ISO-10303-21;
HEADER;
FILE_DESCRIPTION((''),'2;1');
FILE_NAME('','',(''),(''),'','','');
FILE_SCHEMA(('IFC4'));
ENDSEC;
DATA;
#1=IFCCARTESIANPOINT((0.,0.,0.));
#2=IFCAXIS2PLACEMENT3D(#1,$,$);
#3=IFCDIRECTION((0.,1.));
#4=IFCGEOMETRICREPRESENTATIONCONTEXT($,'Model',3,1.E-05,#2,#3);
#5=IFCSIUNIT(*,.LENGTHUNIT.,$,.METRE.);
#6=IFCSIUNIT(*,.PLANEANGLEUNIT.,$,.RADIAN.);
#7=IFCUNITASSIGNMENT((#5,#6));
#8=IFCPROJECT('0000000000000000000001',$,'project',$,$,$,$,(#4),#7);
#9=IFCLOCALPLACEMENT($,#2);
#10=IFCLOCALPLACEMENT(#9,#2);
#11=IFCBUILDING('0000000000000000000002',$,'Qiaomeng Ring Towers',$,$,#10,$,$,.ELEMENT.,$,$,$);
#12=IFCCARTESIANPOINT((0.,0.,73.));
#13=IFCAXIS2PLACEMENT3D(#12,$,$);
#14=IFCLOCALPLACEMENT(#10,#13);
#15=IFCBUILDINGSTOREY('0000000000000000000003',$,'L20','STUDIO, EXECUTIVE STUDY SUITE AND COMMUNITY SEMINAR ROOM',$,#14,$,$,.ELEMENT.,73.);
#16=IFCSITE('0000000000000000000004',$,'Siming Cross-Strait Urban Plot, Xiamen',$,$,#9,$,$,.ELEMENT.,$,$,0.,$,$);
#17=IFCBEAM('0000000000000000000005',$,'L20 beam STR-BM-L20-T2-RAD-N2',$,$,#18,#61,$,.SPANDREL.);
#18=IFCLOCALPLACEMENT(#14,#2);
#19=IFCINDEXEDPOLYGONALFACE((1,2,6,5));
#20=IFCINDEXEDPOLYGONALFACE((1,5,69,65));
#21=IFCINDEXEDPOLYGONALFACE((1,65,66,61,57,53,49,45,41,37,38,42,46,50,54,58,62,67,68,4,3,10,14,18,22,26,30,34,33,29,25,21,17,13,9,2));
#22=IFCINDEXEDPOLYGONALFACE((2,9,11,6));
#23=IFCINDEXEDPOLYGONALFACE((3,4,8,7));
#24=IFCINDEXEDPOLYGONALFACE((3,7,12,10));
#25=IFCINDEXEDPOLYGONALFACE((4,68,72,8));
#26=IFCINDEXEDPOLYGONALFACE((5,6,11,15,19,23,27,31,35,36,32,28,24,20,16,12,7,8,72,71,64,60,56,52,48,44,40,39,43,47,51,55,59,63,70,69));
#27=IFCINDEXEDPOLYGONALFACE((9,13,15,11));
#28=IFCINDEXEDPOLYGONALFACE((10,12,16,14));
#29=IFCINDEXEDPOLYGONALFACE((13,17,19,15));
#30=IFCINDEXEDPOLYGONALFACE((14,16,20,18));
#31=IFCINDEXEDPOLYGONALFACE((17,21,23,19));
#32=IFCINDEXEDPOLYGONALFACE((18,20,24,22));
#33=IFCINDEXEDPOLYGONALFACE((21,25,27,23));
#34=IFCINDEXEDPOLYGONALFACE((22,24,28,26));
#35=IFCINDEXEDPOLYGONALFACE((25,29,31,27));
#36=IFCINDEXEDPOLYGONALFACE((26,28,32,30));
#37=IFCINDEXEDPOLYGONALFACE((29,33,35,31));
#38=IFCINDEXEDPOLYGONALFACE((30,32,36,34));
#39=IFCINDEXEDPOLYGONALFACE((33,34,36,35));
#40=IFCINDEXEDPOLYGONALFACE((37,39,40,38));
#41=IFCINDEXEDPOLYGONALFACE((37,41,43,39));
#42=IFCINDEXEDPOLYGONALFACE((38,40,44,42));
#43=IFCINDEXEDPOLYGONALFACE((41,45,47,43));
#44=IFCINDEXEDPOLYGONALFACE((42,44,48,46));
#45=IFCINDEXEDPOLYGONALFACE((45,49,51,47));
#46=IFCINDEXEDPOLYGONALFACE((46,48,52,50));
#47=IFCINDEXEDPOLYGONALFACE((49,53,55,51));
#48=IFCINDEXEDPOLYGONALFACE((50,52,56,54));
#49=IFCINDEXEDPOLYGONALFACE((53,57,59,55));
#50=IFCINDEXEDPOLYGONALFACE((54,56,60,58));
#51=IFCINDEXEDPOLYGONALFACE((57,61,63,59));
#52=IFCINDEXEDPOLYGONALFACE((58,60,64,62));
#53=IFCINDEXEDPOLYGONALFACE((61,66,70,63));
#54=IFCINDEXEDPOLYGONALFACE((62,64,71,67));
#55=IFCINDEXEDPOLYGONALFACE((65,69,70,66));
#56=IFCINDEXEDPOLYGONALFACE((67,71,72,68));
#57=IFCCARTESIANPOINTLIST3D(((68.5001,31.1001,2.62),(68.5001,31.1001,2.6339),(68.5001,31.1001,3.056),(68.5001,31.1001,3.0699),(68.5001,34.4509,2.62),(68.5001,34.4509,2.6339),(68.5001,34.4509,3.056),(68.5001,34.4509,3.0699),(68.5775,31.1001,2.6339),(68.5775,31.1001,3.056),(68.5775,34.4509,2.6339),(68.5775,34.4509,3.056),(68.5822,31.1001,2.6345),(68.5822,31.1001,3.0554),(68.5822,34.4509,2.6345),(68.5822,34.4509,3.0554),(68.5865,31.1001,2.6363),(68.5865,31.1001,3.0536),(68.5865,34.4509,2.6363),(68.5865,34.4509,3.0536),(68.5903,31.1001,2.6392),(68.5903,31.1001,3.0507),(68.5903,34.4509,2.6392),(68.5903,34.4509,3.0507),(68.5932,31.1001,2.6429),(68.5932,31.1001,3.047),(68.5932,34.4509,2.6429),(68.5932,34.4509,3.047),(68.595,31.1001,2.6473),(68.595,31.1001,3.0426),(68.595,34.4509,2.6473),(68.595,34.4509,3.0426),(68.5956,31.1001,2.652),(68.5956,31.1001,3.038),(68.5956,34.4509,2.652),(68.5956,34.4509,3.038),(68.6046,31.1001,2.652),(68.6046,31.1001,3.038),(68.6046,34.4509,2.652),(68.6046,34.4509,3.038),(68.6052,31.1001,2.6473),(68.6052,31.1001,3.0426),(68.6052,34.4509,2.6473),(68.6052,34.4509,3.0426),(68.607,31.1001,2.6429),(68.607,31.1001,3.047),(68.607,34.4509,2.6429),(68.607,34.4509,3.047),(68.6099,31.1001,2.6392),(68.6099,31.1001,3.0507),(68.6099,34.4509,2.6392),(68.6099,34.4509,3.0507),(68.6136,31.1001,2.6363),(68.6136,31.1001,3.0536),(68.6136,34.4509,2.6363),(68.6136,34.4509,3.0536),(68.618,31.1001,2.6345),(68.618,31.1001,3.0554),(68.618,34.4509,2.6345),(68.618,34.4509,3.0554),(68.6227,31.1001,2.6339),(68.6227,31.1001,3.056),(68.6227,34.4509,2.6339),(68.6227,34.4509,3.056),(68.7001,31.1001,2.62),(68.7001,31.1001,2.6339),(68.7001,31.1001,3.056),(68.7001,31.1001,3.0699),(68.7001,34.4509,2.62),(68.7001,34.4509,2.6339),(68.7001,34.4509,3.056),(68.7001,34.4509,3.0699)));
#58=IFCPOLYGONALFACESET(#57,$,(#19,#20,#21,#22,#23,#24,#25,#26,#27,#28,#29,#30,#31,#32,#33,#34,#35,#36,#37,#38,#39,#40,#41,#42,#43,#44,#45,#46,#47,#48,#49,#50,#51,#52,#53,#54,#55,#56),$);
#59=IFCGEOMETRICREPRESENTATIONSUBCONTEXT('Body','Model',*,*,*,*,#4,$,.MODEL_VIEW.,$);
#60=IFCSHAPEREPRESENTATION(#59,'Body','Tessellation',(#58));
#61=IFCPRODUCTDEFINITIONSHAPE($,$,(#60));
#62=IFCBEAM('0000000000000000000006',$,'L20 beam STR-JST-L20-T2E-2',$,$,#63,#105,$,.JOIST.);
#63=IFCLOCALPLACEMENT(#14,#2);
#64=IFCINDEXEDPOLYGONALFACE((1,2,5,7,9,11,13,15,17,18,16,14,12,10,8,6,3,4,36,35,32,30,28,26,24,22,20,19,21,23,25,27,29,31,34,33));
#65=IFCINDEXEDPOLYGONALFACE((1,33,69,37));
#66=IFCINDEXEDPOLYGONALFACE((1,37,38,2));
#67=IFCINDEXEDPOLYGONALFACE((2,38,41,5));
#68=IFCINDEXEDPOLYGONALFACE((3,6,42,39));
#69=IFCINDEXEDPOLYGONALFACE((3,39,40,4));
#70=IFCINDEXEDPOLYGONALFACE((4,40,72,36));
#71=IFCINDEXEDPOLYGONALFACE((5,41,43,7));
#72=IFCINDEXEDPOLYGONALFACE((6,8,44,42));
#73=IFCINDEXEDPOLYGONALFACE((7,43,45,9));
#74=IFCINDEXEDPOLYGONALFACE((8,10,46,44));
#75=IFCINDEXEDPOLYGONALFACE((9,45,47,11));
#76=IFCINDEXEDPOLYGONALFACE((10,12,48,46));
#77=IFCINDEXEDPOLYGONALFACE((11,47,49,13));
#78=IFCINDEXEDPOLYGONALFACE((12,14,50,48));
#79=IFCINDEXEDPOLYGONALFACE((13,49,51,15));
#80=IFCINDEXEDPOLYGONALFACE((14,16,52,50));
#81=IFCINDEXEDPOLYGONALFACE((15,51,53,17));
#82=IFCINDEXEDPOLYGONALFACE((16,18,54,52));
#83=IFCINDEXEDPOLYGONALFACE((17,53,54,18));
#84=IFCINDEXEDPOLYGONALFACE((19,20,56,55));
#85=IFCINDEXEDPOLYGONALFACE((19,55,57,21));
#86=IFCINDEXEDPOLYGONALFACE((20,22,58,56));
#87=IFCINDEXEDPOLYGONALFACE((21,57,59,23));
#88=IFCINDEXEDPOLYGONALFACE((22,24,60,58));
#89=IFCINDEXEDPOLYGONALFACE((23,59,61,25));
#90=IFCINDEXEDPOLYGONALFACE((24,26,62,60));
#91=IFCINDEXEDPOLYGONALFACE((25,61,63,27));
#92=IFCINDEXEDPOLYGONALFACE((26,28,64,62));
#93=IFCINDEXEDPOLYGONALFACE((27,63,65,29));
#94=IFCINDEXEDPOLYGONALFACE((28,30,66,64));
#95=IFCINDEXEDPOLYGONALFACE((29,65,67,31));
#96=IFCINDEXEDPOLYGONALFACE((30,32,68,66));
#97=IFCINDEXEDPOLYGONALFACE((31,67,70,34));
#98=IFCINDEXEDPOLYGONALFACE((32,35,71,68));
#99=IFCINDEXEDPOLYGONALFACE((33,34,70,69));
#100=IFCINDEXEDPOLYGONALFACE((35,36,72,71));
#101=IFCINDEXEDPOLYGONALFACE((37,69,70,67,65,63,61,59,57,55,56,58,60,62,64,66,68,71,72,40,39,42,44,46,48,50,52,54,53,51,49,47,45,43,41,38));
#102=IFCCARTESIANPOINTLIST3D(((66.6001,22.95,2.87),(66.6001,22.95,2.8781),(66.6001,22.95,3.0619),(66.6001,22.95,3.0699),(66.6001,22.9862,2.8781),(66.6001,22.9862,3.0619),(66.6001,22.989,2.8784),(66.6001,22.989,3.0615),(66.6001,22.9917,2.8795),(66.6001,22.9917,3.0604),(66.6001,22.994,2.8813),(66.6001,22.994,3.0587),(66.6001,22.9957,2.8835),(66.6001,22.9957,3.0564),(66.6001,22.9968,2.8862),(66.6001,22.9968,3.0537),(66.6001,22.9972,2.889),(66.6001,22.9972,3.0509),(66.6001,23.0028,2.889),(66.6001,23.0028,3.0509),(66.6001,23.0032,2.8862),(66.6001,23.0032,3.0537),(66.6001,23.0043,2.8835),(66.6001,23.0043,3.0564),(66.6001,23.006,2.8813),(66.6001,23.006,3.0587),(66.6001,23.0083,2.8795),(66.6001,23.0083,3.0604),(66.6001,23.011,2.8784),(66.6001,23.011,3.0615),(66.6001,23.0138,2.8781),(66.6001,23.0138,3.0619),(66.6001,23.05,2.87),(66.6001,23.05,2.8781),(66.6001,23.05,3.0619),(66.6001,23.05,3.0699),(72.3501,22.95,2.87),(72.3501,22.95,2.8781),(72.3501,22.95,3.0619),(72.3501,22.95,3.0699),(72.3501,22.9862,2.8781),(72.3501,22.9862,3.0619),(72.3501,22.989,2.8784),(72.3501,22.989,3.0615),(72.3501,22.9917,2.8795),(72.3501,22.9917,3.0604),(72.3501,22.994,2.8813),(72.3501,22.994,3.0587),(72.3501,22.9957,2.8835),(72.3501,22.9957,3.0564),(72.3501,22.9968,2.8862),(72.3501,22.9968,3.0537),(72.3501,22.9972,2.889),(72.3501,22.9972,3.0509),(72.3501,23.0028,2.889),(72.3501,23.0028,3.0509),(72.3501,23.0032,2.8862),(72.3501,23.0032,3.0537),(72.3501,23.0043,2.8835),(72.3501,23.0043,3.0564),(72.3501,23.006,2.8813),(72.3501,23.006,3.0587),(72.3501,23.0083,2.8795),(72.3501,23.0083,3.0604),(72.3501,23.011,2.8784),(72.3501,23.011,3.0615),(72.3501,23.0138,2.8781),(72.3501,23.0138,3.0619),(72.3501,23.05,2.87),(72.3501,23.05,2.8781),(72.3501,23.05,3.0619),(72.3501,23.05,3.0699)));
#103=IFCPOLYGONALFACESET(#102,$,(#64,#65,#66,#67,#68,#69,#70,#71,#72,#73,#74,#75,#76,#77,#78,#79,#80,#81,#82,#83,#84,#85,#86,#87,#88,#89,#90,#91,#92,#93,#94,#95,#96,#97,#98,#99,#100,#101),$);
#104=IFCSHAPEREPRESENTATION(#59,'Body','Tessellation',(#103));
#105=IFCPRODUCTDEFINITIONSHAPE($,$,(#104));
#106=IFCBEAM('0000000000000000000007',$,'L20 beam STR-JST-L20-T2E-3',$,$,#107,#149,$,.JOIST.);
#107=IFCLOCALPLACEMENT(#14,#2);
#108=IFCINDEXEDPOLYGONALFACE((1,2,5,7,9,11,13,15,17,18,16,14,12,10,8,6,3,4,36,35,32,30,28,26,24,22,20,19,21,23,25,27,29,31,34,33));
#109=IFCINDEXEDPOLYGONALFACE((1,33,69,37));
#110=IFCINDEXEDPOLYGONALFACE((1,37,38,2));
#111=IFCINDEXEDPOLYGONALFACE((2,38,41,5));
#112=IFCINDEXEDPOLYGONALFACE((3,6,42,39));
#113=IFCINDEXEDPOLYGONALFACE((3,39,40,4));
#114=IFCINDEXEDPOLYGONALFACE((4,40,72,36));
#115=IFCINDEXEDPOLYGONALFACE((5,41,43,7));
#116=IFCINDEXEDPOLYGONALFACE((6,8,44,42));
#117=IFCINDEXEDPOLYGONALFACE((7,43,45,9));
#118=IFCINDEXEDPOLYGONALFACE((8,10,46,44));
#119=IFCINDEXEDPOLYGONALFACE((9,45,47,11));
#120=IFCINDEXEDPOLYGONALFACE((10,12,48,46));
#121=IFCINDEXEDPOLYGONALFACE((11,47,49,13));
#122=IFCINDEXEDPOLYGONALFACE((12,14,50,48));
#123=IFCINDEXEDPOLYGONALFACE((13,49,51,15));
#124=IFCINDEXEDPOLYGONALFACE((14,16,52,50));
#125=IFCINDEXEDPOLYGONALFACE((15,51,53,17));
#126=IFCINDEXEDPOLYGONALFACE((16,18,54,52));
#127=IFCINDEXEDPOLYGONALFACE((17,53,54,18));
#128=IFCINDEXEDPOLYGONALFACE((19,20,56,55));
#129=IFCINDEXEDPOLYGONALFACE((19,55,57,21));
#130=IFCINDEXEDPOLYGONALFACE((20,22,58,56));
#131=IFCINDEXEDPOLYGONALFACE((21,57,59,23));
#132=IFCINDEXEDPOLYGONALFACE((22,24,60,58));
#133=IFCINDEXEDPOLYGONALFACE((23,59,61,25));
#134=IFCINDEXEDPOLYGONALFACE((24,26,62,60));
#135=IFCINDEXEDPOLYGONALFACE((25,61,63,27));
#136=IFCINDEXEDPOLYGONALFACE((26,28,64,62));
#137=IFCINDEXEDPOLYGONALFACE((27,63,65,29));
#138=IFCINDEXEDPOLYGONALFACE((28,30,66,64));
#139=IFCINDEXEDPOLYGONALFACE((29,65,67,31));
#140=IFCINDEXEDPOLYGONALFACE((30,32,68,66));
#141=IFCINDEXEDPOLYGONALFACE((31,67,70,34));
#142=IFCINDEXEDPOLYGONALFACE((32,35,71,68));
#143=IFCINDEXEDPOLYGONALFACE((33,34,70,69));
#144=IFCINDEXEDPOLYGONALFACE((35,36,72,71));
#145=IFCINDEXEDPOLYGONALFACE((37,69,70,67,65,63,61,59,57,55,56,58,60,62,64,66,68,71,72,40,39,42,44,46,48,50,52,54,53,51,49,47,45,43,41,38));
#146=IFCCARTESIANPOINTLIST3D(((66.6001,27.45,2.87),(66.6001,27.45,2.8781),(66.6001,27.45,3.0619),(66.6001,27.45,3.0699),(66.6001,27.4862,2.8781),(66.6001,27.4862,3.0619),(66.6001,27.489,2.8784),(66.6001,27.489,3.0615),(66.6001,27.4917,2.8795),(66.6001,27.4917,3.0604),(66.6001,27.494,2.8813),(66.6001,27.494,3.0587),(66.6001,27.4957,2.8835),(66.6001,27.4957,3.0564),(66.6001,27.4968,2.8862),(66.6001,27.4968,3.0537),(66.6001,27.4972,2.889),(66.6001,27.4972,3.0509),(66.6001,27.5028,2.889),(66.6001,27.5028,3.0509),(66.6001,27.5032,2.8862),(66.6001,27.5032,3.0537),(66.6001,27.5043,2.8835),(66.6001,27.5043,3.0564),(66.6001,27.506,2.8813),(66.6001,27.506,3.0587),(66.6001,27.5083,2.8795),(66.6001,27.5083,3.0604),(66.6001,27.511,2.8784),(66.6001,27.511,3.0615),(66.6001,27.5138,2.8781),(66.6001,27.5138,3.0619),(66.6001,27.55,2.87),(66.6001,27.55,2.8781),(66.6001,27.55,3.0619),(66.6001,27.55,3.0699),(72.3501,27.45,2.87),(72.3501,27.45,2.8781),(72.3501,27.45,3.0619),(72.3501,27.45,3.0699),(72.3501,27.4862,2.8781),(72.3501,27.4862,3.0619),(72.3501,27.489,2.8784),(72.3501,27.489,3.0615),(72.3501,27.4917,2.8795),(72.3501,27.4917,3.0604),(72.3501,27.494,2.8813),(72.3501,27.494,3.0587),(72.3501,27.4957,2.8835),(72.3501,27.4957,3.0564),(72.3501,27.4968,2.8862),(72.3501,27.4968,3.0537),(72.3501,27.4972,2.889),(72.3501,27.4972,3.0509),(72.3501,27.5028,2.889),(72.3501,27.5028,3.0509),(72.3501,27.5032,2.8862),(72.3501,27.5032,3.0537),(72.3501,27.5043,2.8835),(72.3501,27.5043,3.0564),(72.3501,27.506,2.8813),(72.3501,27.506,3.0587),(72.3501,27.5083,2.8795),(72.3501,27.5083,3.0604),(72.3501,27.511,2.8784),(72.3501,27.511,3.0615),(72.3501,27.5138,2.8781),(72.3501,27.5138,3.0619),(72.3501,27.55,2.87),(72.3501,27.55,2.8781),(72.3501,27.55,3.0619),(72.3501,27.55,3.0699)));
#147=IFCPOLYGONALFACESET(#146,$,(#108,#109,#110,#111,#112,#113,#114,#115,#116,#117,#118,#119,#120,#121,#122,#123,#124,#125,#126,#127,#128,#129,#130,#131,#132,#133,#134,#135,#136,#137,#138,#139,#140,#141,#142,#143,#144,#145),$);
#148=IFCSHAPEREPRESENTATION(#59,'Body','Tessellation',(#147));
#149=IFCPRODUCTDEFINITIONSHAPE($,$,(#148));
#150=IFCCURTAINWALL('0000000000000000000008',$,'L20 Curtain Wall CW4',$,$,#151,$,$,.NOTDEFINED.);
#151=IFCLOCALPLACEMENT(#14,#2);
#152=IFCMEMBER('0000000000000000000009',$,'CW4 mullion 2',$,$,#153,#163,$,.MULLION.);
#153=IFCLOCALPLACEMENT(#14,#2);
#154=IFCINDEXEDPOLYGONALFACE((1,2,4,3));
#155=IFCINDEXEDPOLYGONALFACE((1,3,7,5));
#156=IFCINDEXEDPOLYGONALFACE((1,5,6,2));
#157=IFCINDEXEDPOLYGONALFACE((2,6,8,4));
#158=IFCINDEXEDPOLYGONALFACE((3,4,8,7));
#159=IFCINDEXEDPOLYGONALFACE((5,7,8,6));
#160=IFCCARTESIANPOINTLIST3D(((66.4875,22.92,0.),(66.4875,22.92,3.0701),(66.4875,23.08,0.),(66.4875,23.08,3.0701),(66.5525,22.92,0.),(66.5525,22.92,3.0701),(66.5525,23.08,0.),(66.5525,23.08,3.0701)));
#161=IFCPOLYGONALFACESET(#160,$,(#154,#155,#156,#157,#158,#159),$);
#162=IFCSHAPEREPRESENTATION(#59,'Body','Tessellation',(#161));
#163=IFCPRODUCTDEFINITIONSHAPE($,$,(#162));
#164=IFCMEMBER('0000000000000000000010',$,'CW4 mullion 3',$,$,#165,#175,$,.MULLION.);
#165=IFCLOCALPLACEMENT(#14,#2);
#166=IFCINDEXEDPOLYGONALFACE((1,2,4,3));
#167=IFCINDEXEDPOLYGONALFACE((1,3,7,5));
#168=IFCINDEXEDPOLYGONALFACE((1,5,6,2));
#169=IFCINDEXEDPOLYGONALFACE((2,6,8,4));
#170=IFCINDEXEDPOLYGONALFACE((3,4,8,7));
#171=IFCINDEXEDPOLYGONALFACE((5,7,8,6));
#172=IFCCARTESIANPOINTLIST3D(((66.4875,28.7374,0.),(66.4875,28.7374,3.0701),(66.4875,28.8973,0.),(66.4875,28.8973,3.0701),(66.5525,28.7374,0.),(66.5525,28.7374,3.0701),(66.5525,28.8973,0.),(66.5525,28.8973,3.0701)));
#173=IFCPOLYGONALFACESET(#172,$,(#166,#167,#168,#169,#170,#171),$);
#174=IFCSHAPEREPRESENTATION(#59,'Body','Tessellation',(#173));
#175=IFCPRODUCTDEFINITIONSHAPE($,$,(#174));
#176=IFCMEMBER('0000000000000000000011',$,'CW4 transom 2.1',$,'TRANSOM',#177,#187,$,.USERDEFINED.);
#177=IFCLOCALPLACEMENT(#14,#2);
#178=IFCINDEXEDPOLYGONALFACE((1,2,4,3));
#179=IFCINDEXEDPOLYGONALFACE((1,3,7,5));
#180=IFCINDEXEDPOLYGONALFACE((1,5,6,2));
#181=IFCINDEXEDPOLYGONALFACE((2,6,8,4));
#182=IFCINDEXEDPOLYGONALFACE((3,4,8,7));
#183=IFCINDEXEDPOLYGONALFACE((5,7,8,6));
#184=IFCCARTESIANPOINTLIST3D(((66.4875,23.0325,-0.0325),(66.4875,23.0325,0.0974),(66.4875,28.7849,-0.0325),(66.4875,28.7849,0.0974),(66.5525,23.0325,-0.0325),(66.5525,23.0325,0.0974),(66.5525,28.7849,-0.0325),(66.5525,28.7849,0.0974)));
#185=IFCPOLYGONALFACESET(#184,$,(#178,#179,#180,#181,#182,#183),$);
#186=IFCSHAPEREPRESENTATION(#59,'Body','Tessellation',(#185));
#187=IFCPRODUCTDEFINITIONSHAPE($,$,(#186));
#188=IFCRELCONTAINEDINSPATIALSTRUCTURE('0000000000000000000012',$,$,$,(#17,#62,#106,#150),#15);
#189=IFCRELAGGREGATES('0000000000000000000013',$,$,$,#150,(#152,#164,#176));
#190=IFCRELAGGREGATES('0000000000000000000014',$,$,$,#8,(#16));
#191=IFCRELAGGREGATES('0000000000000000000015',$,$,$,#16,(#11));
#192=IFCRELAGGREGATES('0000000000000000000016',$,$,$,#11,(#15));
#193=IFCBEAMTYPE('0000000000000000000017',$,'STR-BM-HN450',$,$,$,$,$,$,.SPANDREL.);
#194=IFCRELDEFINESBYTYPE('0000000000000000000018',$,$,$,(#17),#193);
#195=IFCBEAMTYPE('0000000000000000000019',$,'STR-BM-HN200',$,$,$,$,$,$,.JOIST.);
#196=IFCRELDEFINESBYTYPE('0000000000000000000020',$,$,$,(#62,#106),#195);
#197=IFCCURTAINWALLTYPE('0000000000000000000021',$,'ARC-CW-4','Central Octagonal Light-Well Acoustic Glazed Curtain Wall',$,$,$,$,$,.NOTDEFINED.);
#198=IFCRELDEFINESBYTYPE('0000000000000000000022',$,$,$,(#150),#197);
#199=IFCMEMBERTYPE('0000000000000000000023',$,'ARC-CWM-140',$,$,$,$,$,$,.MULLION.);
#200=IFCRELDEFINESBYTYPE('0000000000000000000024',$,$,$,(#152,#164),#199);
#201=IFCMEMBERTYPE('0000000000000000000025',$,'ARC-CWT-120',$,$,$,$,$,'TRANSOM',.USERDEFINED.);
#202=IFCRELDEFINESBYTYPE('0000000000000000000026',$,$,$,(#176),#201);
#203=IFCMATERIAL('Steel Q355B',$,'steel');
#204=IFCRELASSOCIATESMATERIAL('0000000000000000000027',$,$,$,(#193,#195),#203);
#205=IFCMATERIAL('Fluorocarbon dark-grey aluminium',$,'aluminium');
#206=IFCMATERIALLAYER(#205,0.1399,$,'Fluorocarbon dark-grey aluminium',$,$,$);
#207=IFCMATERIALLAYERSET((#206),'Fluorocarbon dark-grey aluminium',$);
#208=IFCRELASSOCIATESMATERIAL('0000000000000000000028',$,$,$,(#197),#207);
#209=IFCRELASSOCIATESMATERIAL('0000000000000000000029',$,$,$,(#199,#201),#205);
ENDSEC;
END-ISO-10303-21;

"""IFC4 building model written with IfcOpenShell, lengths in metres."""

from ifc_helpers import new_model, si_unit, direction, frame, origin, origin_2d, place, context, subcontext, project, spatial, rectangle, i_section, extrude, source, transform, mapped, material, layer, layer_set, material_profile, profile_set, type_object, element, aggregate, save


model = new_model("IFC4")

# Units and contexts
model_context = context("Model", 3, precision=1e-05, world=origin(), true_north=direction((0.0, 1.0)))
body_context = subcontext(model_context, "Body", "Model", "MODEL_VIEW")
ifc_project = project(units=[si_unit("LENGTHUNIT", "METRE"), si_unit("PLANEANGLEUNIT", "RADIAN")], contexts=[model_context])

# Site, building, storey
site_placement = place(None, origin())
site = spatial("IfcSite", under=ifc_project, at=site_placement, Name="Siming Cross-Strait Urban Plot, Xiamen", CompositionType="ELEMENT", RefElevation=0.0)
building_placement = place(site_placement, origin())
building = spatial("IfcBuilding", under=site, at=building_placement, Name="Qiaomeng Ring Towers", CompositionType="ELEMENT")
storey_placement = place(building_placement, frame((0.0, 0.0, 73.0)))
storey = spatial("IfcBuildingStorey", under=building, at=storey_placement, Name="L20", Description="STUDIO, EXECUTIVE STUDY SUITE AND COMMUNITY SEMINAR ROOM", CompositionType="ELEMENT", Elevation=73.0)

# Beams
ifc_material_1 = material(Name="Steel Q355B", Category="steel")
ifc_material_profile_1 = material_profile(ifc_material_1, i_section(OverallWidth=0.2, OverallDepth=0.45, WebThickness=0.009, FlangeThickness=0.0139, FilletRadius=0.0181, at=origin_2d()), Name="HN 450x200x9x14")
ifc_profile_set_1 = profile_set([ifc_material_profile_1], Name="Steel Q355B")
beam_type_1 = type_object("IfcBeamType", Name="STR-BM-HN450", PredefinedType="SPANDREL", material=ifc_profile_set_1)
shared_shape_1 = source(origin(), body_context, "Body", "SweptSolid", [
    extrude(i_section(OverallWidth=0.2, OverallDepth=0.45, WebThickness=0.009, FlangeThickness=0.0139, FilletRadius=0.0181, at=origin_2d()), origin(), (0.0, 0.0, 1.0), 3.3508),
])
beam_1_placement = place(storey_placement, frame((68.6001, 34.4509, 2.845), z_axis=(0.0, -1.0, 0.0), x_axis=(1.0, 0.0, 0.0)))
element("IfcBeam", 1, at=beam_1_placement, inside=storey, type_object=beam_type_1, Name="L20 beam STR-BM-L20-T2-RAD-N2", PredefinedType="SPANDREL", context=body_context, shape_type="MappedRepresentation", body=[
    mapped(shared_shape_1, transform((0.0, 0.0, 0.0), x_axis=(1.0, 0.0, 0.0), y_axis=(0.0, 1.0, 0.0), z_axis=(0.0, 0.0, 1.0), scale=1.0)),
])
ifc_material_profile_2 = material_profile(ifc_material_1, i_section(OverallWidth=0.1001, OverallDepth=0.2, WebThickness=0.0056, FlangeThickness=0.0081, FilletRadius=0.011, at=origin_2d()), Name="HN 200x100x5.5x8")
ifc_profile_set_2 = profile_set([ifc_material_profile_2], Name="Steel Q355B")
beam_type_2 = type_object("IfcBeamType", Name="STR-BM-HN200", PredefinedType="JOIST", material=ifc_profile_set_2)
shared_shape_2 = source(origin(), body_context, "Body", "SweptSolid", [
    extrude(i_section(OverallWidth=0.1001, OverallDepth=0.2, WebThickness=0.0056, FlangeThickness=0.0081, FilletRadius=0.011, at=origin_2d()), origin(), (0.0, 0.0, 1.0), 5.75),
])
for number, where, z_axis, x_axis, name in (
    (2, (66.6001, 23.0, 2.97), (1.0, 0.0, 0.0), (0.0, 1.0, 0.0), "L20 beam STR-JST-L20-T2E-2"),
    (3, (66.6001, 27.5, 2.97), (1.0, 0.0, 0.0), (0.0, 1.0, 0.0), "L20 beam STR-JST-L20-T2E-3"),
):
    element("IfcBeam", number, at=place(storey_placement, frame(where, z_axis=z_axis, x_axis=x_axis)), inside=storey, type_object=beam_type_2, Name=name, PredefinedType="JOIST", context=body_context, shape_type="MappedRepresentation", body=[
        mapped(shared_shape_2, transform((0.0, 0.0, 0.0), x_axis=(1.0, 0.0, 0.0), y_axis=(0.0, 1.0, 0.0), z_axis=(0.0, 0.0, 1.0), scale=1.0)),
    ])

# Curtain wall, members
ifc_material_2 = material(Name="Fluorocarbon dark-grey aluminium", Category="aluminium")
ifc_layer_1 = layer(ifc_material_2, 0.1399, Name="Fluorocarbon dark-grey aluminium")
ifc_layer_set_1 = layer_set([ifc_layer_1], Name="Fluorocarbon dark-grey aluminium")
curtain_wall_type_1 = type_object("IfcCurtainWallType", Name="ARC-CW-4", Description="Central Octagonal Light-Well Acoustic Glazed Curtain Wall", PredefinedType="NOTDEFINED", material=ifc_layer_set_1)
curtain_wall_1_placement = place(storey_placement, origin())
curtain_wall_1 = element("IfcCurtainWall", 4, at=curtain_wall_1_placement, inside=storey, type_object=curtain_wall_type_1, Name="L20 Curtain Wall CW4", PredefinedType="NOTDEFINED")
ifc_material_profile_3 = material_profile(ifc_material_2, rectangle(XDim=0.0649, YDim=0.1599, at=origin_2d()), Name="ALU MULL 65x160")
ifc_profile_set_3 = profile_set([ifc_material_profile_3], Name="Fluorocarbon dark-grey aluminium")
member_type_1 = type_object("IfcMemberType", Name="ARC-CWM-140", PredefinedType="MULLION", material=ifc_profile_set_3)
shared_shape_3 = source(origin(), body_context, "Body", "SweptSolid", [
    extrude(rectangle(XDim=0.0649, YDim=0.1599, at=origin_2d()), origin(), (0.0, 0.0, 1.0), 3.0701),
])
member_1_placement = place(storey_placement, frame((66.52, 23.0, 0.0), z_axis=(0.0, 0.0, 1.0), x_axis=(-1.0, 0.0, 0.0)))
member_1 = element("IfcMember", 5, at=member_1_placement, type_object=member_type_1, Name="CW4 mullion 2", PredefinedType="MULLION", context=body_context, shape_type="MappedRepresentation", body=[
    mapped(shared_shape_3, transform((0.0, 0.0, 0.0), x_axis=(1.0, 0.0, 0.0), y_axis=(0.0, 1.0, 0.0), z_axis=(0.0, 0.0, 1.0), scale=1.0)),
])
member_2_placement = place(storey_placement, frame((66.52, 28.8174, 0.0), z_axis=(0.0, 0.0, 1.0), x_axis=(-1.0, 0.0, 0.0)))
member_2 = element("IfcMember", 6, at=member_2_placement, type_object=member_type_1, Name="CW4 mullion 3", PredefinedType="MULLION", context=body_context, shape_type="MappedRepresentation", body=[
    mapped(shared_shape_3, transform((0.0, 0.0, 0.0), x_axis=(1.0, 0.0, 0.0), y_axis=(0.0, 1.0, 0.0), z_axis=(0.0, 0.0, 1.0), scale=1.0)),
])
ifc_material_profile_4 = material_profile(ifc_material_2, rectangle(XDim=0.0649, YDim=0.1299, at=origin_2d()), Name="ALU TRAN 65x130")
ifc_profile_set_4 = profile_set([ifc_material_profile_4], Name="Fluorocarbon dark-grey aluminium")
member_type_2 = type_object("IfcMemberType", Name="ARC-CWT-120", ElementType="TRANSOM", PredefinedType="USERDEFINED", material=ifc_profile_set_4)
shared_shape_4 = source(origin(), body_context, "Body", "SweptSolid", [
    extrude(rectangle(XDim=0.0649, YDim=0.1299, at=origin_2d()), origin(), (0.0, 0.0, 1.0), 5.7524),
])
member_3_placement = place(storey_placement, frame((66.52, 23.0325, 0.0325), z_axis=(0.0, 1.0, 0.0), x_axis=(-1.0, 0.0, 0.0)))
member_3 = element("IfcMember", 7, at=member_3_placement, type_object=member_type_2, Name="CW4 transom 2.1", ObjectType="TRANSOM", PredefinedType="USERDEFINED", context=body_context, shape_type="MappedRepresentation", body=[
    mapped(shared_shape_4, transform((0.0, 0.0, 0.0), x_axis=(1.0, 0.0, 0.0), y_axis=(0.0, 1.0, 0.0), z_axis=(0.0, 0.0, 1.0), scale=1.0)),
])

aggregate(curtain_wall_1, [member_1, member_2, member_3])

save(model, "model.ifc")
